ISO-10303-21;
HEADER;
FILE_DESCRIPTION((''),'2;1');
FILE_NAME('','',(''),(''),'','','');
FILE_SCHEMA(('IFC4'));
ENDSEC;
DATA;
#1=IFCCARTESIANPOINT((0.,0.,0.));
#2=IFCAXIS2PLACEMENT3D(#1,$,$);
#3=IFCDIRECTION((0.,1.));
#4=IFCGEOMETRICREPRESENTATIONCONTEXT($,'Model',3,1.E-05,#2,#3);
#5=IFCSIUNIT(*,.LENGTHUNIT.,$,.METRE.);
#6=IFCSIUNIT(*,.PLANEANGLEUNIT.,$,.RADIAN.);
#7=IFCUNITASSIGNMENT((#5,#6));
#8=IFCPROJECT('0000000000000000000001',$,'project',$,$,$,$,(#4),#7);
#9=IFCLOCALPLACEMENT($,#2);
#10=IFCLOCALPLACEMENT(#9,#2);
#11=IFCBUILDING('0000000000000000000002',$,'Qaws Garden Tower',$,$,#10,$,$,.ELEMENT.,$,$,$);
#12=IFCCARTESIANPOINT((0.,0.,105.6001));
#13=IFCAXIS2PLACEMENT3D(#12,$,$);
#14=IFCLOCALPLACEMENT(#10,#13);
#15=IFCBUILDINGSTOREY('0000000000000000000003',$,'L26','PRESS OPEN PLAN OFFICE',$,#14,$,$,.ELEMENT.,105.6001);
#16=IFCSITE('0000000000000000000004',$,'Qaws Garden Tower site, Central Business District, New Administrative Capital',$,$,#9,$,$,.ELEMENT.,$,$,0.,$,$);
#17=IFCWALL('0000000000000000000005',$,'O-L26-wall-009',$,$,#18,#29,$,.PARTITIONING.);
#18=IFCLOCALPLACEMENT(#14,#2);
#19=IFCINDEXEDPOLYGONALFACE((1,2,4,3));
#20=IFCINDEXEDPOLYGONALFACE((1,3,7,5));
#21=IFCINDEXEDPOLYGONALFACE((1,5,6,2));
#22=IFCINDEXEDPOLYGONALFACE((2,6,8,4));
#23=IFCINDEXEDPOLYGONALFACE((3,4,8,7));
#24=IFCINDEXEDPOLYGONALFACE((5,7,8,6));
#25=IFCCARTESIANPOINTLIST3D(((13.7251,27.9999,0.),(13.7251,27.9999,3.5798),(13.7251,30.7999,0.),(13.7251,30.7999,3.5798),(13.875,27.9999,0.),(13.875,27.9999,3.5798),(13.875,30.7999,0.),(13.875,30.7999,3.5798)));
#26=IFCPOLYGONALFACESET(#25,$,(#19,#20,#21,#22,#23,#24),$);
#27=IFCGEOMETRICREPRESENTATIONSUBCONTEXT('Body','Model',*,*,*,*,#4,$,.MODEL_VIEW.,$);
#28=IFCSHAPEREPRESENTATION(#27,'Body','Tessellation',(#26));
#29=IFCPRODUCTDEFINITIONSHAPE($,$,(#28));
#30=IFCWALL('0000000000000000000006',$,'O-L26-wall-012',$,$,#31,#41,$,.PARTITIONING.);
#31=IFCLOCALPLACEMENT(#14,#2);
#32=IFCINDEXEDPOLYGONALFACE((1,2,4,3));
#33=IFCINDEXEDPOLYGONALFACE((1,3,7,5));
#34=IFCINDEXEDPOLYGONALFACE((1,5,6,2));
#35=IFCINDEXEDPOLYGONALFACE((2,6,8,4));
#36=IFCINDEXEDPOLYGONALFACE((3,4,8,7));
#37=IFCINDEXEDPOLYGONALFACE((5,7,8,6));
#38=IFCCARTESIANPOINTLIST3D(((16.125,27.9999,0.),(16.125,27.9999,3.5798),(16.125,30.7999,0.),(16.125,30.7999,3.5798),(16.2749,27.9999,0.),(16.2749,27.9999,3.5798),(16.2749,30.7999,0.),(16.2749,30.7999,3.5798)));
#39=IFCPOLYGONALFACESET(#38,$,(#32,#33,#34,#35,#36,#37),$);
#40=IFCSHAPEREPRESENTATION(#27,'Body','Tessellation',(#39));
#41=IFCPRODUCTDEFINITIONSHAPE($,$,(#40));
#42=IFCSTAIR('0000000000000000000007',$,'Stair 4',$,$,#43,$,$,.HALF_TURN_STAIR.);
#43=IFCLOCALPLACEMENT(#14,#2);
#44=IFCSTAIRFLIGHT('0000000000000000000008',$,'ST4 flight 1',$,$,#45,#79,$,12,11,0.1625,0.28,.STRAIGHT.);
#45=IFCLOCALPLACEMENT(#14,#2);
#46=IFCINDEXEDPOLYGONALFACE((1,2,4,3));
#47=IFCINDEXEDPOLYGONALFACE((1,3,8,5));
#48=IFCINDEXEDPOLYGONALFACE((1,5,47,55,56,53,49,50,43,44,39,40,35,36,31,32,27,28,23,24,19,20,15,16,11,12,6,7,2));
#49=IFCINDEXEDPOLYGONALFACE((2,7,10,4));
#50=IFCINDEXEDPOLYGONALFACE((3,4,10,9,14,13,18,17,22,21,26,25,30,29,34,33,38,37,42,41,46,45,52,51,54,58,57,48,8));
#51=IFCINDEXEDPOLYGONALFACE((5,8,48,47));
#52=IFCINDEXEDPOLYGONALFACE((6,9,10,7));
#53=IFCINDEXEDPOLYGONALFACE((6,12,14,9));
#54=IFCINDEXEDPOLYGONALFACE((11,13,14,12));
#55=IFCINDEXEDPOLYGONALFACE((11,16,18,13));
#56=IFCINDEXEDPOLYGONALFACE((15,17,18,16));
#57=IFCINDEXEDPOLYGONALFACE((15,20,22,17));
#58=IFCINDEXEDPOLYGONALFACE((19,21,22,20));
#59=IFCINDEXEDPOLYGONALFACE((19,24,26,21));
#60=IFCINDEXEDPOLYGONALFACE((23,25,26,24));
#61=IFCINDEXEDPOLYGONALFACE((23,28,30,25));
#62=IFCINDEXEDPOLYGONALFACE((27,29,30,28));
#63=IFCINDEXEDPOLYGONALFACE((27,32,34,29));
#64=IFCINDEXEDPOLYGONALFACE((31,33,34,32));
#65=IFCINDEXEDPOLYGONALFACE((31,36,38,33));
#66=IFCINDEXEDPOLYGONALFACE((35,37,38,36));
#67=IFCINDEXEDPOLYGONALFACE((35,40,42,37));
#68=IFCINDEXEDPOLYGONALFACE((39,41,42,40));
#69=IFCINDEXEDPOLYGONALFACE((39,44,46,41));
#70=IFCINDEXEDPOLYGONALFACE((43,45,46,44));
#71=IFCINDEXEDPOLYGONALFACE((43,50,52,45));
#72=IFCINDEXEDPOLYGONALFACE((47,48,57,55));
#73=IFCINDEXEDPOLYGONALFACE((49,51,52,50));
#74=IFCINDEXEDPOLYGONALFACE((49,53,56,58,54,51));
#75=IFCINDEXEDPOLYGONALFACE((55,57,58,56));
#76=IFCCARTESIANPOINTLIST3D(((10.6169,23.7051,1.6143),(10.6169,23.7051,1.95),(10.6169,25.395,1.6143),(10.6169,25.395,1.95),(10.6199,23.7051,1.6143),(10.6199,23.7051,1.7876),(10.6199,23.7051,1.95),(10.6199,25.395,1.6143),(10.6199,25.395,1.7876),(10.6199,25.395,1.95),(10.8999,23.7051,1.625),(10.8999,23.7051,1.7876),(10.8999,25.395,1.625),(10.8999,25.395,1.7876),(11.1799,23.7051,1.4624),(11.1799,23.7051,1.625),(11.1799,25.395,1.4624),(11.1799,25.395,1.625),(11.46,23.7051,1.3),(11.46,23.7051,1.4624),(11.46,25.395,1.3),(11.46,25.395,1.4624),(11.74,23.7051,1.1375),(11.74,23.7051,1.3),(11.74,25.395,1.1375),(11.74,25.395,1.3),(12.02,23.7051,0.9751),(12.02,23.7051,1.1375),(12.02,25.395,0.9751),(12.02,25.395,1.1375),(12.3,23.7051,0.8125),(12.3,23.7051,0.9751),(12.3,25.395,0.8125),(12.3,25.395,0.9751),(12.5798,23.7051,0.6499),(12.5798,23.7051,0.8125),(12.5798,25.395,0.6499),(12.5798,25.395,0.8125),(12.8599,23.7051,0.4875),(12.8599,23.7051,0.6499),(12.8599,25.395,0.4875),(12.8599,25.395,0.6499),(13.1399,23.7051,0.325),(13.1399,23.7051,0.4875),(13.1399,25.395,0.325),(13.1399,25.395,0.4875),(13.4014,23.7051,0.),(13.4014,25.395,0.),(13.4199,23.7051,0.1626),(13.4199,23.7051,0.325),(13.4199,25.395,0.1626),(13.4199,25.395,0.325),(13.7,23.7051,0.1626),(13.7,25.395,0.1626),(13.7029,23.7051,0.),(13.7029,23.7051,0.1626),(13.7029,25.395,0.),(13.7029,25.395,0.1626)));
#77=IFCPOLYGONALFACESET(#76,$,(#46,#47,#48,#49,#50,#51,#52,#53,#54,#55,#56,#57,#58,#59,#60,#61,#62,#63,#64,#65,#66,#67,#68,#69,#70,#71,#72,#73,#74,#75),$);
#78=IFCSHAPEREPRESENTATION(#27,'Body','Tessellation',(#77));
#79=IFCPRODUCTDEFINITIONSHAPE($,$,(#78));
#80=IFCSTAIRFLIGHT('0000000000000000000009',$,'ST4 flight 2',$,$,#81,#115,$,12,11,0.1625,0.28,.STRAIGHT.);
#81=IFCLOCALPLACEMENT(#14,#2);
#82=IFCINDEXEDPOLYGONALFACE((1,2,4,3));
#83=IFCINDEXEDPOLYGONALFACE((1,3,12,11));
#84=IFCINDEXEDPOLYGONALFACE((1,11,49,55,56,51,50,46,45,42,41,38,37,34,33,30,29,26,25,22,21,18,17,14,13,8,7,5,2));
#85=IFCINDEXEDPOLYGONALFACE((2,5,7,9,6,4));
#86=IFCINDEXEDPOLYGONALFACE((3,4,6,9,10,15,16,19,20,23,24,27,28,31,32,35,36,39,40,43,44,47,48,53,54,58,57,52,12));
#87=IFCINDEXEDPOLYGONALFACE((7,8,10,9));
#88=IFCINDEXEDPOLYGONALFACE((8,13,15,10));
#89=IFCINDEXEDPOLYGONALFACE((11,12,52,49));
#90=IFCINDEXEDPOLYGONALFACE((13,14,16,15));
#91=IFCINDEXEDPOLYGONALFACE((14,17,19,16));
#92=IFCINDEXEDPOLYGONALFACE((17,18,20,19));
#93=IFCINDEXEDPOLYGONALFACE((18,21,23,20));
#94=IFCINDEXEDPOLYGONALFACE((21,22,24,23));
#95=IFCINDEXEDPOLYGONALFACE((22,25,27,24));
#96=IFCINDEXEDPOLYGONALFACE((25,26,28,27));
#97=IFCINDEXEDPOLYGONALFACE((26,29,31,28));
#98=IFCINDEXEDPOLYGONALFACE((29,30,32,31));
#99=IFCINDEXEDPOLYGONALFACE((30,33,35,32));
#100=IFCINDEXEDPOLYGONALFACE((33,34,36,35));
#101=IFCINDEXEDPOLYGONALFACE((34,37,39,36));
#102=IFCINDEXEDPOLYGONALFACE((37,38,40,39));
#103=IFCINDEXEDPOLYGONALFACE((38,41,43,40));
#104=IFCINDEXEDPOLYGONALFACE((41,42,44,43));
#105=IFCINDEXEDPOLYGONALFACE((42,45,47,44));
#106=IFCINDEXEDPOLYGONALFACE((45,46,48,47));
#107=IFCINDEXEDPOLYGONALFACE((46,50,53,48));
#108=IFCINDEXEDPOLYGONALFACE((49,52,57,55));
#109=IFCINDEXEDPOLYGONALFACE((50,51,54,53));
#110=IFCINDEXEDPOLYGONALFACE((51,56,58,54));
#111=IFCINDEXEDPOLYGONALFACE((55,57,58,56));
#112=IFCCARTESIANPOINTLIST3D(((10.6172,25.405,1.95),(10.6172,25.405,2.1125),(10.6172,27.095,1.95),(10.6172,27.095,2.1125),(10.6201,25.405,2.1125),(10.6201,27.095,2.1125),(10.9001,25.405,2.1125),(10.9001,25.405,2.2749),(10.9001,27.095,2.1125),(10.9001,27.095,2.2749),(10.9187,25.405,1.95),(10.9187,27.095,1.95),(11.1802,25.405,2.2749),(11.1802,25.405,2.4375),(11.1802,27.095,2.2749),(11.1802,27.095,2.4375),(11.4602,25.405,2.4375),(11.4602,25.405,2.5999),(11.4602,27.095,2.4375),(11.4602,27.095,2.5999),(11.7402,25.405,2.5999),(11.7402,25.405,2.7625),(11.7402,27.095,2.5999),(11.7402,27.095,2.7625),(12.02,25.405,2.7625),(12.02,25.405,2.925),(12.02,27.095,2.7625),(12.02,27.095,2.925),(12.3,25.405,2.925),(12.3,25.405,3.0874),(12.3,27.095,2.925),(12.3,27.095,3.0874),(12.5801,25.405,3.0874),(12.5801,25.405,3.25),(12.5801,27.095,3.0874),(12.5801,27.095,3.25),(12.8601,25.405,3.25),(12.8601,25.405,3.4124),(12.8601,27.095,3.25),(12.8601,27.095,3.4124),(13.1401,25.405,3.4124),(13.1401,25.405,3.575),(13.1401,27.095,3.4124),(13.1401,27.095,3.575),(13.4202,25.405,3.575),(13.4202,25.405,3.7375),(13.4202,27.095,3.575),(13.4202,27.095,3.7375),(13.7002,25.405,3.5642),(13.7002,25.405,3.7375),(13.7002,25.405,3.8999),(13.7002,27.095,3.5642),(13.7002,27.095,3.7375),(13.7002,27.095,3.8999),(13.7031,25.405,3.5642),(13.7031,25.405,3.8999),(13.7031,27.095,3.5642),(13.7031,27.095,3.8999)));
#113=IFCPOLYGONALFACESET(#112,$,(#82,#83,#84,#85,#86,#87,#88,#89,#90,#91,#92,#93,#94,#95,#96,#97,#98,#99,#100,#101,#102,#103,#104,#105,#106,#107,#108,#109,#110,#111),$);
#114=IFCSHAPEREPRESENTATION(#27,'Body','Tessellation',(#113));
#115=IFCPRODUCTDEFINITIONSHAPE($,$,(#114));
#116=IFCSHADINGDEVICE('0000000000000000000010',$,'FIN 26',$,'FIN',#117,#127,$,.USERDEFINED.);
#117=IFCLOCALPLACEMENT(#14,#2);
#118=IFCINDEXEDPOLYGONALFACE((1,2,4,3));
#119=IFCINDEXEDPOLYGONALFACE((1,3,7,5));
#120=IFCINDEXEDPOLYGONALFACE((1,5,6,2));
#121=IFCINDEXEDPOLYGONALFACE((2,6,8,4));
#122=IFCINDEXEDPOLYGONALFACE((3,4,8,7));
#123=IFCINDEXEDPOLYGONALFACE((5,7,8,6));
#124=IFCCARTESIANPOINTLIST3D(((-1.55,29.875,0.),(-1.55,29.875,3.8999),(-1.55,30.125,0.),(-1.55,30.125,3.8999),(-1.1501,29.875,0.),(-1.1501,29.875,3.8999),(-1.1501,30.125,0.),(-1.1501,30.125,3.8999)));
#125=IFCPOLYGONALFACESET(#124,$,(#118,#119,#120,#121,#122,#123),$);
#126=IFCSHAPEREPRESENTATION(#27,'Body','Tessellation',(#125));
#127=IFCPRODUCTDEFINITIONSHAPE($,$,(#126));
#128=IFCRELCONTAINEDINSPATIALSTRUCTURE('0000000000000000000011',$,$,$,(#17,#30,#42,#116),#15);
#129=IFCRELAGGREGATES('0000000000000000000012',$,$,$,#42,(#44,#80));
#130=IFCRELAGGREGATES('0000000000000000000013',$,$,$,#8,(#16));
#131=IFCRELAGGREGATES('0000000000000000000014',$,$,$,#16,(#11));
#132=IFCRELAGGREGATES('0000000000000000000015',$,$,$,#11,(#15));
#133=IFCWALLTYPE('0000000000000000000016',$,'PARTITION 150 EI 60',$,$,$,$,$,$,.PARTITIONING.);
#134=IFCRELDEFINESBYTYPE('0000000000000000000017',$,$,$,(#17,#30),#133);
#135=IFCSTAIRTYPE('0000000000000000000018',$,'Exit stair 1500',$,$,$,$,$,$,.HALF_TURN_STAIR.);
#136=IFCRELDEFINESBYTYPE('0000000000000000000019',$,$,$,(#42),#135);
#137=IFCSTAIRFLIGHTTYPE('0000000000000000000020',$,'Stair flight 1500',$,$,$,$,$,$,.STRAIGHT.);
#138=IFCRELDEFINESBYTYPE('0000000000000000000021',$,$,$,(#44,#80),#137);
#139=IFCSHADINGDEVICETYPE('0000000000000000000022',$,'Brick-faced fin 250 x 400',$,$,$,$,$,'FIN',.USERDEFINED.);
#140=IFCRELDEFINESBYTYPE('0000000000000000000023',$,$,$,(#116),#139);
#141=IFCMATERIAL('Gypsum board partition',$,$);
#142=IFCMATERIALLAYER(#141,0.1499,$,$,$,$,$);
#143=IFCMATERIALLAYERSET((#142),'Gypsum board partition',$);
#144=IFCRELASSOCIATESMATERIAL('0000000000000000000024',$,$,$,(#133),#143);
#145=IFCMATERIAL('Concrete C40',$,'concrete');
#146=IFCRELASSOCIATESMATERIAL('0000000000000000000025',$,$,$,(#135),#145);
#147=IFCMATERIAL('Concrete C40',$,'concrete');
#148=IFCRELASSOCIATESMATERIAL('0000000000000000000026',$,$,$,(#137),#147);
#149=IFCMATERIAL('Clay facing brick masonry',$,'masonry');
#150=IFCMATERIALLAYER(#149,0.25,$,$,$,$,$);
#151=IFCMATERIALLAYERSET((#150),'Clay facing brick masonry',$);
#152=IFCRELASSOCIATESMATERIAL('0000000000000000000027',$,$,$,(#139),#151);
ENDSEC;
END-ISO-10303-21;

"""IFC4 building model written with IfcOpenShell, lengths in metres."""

from ifc_helpers import new_model, si_unit, direction, frame, frame_2d, origin, origin_2d, place, context, subcontext, project, spatial, polyline, rectangle, outline, extrude, material, layer, layer_set, type_object, element, aggregate, save


model = new_model("IFC4")

# Units and contexts
model_context = context("Model", 3, precision=1e-05, world=origin(), true_north=direction((0.0, 1.0)))
body_context = subcontext(model_context, "Body", "Model", "MODEL_VIEW")
ifc_project = project(units=[si_unit("LENGTHUNIT", "METRE"), si_unit("PLANEANGLEUNIT", "RADIAN")], contexts=[model_context])

# Site, building, storey
site_placement = place(None, origin())
site = spatial("IfcSite", under=ifc_project, at=site_placement, Name="Qaws Garden Tower site, Central Business District, New Administrative Capital", CompositionType="ELEMENT", RefElevation=0.0)
building_placement = place(site_placement, origin())
building = spatial("IfcBuilding", under=site, at=building_placement, Name="Qaws Garden Tower", CompositionType="ELEMENT")
storey_placement = place(building_placement, frame((0.0, 0.0, 105.6001)))
storey = spatial("IfcBuildingStorey", under=building, at=storey_placement, Name="L26", Description="PRESS OPEN PLAN OFFICE", CompositionType="ELEMENT", Elevation=105.6001)

# Walls
ifc_material_1 = material(Name="Gypsum board partition")
ifc_layer_1 = layer(ifc_material_1, 0.1499)
ifc_layer_set_1 = layer_set([ifc_layer_1], Name="Gypsum board partition")
wall_type_1 = type_object("IfcWallType", Name="PARTITION 150 EI 60", PredefinedType="PARTITIONING", material=ifc_layer_set_1)
for number, where, z_axis, x_axis, name in (
    (1, (13.8, 28.0, 0.0), (0.0, 0.0, 1.0), (0.0, 1.0, 0.0), "O-L26-wall-009"),
    (2, (16.2, 28.0, 0.0), (0.0, 0.0, 1.0), (0.0, 1.0, 0.0), "O-L26-wall-012"),
):
    element("IfcWall", number, at=place(storey_placement, frame(where, z_axis=z_axis, x_axis=x_axis)), inside=storey, type_object=wall_type_1, Name=name, PredefinedType="PARTITIONING", context=body_context, shape_type="SweptSolid", body=[
        extrude(rectangle(XDim=2.8, YDim=0.1499, at=frame_2d((1.3999, 0.0))), origin(), (0.0, 0.0, 1.0), 3.5798),
    ])

# Stair, stair flights
ifc_material_2 = material(Name="Concrete C40", Category="concrete")
stair_type = type_object("IfcStairType", Name="Exit stair 1500", PredefinedType="HALF_TURN_STAIR", material=ifc_material_2)
stair_placement = place(storey_placement, origin())
stair = element("IfcStair", 3, at=stair_placement, inside=storey, type_object=stair_type, Name="Stair 4", PredefinedType="HALF_TURN_STAIR")
ifc_material_3 = material(Name="Concrete C40", Category="concrete")
stair_flight_type = type_object("IfcStairFlightType", Name="Stair flight 1500", PredefinedType="STRAIGHT", material=ifc_material_3)
stair_flight_1_placement = place(storey_placement, frame((13.7, 24.55, 0.0), z_axis=(0.0, 0.0, 1.0), x_axis=(-1.0, 0.0, 0.0)))
stair_flight_1 = element("IfcStairFlight", 4, at=stair_flight_1_placement, type_object=stair_flight_type, Name="ST4 flight 1", NumberOfRisers=12, NumberOfTreads=11, PredefinedType="STRAIGHT", RiserHeight=0.1625, TreadLength=0.28, context=body_context, shape_type="SweptSolid", body=[
    extrude(outline(polyline([(-0.0029, 0.0), (-0.0029, 0.1626), (0.0, 0.1626), (0.28, 0.1626), (0.28, 0.325), (0.5601, 0.325), (0.5601, 0.4875), (0.8401, 0.4875), (0.8401, 0.6499), (1.1201, 0.6499), (1.1201, 0.8125), (1.3999, 0.8125), (1.3999, 0.9751), (1.6799, 0.9751), (1.6799, 1.1375), (1.96, 1.1375), (1.96, 1.3), (2.24, 1.3), (2.24, 1.4624), (2.52, 1.4624), (2.52, 1.625), (2.8, 1.625), (2.8, 1.7876), (3.0801, 1.7876), (3.0801, 1.95), (3.083, 1.95), (3.083, 1.6143), (3.0801, 1.6143), (0.2986, 0.0), (-0.0029, 0.0)])), frame((0.0, 0.845, 0.0), z_axis=(0.0, -1.0, 0.0), x_axis=(1.0, 0.0, 0.0)), (0.0, 0.0, 1.0), 1.6899),
])
stair_flight_2_placement = place(storey_placement, frame((10.6201, 26.25, 1.95), z_axis=(0.0, 0.0, 1.0), x_axis=(1.0, 0.0, 0.0)))
stair_flight_2 = element("IfcStairFlight", 5, at=stair_flight_2_placement, type_object=stair_flight_type, Name="ST4 flight 2", NumberOfRisers=12, NumberOfTreads=11, PredefinedType="STRAIGHT", RiserHeight=0.1625, TreadLength=0.28, context=body_context, shape_type="SweptSolid", body=[
    extrude(outline(polyline([(-0.0029, 0.0), (-0.0029, 0.1626), (0.0, 0.1626), (0.28, 0.1626), (0.28, 0.325), (0.5601, 0.325), (0.5601, 0.4875), (0.8401, 0.4875), (0.8401, 0.6499), (1.1201, 0.6499), (1.1201, 0.8125), (1.3999, 0.8125), (1.3999, 0.9751), (1.6799, 0.9751), (1.6799, 1.1375), (1.96, 1.1375), (1.96, 1.3), (2.24, 1.3), (2.24, 1.4624), (2.52, 1.4624), (2.52, 1.625), (2.8, 1.625), (2.8, 1.7876), (3.0801, 1.7876), (3.0801, 1.95), (3.083, 1.95), (3.083, 1.6143), (3.0801, 1.6143), (0.2986, 0.0), (-0.0029, 0.0)])), frame((0.0, 0.845, 0.0), z_axis=(0.0, -1.0, 0.0), x_axis=(1.0, 0.0, 0.0)), (0.0, 0.0, 1.0), 1.6899),
])
aggregate(stair, [stair_flight_1, stair_flight_2])

# Shading device
ifc_material_4 = material(Name="Clay facing brick masonry", Category="masonry")
ifc_layer_2 = layer(ifc_material_4, 0.25)
ifc_layer_set_2 = layer_set([ifc_layer_2], Name="Clay facing brick masonry")
shading_device_type = type_object("IfcShadingDeviceType", Name="Brick-faced fin 250 x 400", ElementType="FIN", PredefinedType="USERDEFINED", material=ifc_layer_set_2)
shading_device_placement = place(storey_placement, frame((-1.3501, 30.0, 0.0), z_axis=(0.0, 0.0, 1.0), x_axis=(0.0, -1.0, 0.0)))
element("IfcShadingDevice", 6, at=shading_device_placement, inside=storey, type_object=shading_device_type, Name="FIN 26", ObjectType="FIN", PredefinedType="USERDEFINED", context=body_context, shape_type="SweptSolid", body=[
    extrude(rectangle(XDim=0.25, YDim=0.3999, at=origin_2d()), origin(), (0.0, 0.0, 1.0), 3.8999),
])

save(model, "model.ifc")
